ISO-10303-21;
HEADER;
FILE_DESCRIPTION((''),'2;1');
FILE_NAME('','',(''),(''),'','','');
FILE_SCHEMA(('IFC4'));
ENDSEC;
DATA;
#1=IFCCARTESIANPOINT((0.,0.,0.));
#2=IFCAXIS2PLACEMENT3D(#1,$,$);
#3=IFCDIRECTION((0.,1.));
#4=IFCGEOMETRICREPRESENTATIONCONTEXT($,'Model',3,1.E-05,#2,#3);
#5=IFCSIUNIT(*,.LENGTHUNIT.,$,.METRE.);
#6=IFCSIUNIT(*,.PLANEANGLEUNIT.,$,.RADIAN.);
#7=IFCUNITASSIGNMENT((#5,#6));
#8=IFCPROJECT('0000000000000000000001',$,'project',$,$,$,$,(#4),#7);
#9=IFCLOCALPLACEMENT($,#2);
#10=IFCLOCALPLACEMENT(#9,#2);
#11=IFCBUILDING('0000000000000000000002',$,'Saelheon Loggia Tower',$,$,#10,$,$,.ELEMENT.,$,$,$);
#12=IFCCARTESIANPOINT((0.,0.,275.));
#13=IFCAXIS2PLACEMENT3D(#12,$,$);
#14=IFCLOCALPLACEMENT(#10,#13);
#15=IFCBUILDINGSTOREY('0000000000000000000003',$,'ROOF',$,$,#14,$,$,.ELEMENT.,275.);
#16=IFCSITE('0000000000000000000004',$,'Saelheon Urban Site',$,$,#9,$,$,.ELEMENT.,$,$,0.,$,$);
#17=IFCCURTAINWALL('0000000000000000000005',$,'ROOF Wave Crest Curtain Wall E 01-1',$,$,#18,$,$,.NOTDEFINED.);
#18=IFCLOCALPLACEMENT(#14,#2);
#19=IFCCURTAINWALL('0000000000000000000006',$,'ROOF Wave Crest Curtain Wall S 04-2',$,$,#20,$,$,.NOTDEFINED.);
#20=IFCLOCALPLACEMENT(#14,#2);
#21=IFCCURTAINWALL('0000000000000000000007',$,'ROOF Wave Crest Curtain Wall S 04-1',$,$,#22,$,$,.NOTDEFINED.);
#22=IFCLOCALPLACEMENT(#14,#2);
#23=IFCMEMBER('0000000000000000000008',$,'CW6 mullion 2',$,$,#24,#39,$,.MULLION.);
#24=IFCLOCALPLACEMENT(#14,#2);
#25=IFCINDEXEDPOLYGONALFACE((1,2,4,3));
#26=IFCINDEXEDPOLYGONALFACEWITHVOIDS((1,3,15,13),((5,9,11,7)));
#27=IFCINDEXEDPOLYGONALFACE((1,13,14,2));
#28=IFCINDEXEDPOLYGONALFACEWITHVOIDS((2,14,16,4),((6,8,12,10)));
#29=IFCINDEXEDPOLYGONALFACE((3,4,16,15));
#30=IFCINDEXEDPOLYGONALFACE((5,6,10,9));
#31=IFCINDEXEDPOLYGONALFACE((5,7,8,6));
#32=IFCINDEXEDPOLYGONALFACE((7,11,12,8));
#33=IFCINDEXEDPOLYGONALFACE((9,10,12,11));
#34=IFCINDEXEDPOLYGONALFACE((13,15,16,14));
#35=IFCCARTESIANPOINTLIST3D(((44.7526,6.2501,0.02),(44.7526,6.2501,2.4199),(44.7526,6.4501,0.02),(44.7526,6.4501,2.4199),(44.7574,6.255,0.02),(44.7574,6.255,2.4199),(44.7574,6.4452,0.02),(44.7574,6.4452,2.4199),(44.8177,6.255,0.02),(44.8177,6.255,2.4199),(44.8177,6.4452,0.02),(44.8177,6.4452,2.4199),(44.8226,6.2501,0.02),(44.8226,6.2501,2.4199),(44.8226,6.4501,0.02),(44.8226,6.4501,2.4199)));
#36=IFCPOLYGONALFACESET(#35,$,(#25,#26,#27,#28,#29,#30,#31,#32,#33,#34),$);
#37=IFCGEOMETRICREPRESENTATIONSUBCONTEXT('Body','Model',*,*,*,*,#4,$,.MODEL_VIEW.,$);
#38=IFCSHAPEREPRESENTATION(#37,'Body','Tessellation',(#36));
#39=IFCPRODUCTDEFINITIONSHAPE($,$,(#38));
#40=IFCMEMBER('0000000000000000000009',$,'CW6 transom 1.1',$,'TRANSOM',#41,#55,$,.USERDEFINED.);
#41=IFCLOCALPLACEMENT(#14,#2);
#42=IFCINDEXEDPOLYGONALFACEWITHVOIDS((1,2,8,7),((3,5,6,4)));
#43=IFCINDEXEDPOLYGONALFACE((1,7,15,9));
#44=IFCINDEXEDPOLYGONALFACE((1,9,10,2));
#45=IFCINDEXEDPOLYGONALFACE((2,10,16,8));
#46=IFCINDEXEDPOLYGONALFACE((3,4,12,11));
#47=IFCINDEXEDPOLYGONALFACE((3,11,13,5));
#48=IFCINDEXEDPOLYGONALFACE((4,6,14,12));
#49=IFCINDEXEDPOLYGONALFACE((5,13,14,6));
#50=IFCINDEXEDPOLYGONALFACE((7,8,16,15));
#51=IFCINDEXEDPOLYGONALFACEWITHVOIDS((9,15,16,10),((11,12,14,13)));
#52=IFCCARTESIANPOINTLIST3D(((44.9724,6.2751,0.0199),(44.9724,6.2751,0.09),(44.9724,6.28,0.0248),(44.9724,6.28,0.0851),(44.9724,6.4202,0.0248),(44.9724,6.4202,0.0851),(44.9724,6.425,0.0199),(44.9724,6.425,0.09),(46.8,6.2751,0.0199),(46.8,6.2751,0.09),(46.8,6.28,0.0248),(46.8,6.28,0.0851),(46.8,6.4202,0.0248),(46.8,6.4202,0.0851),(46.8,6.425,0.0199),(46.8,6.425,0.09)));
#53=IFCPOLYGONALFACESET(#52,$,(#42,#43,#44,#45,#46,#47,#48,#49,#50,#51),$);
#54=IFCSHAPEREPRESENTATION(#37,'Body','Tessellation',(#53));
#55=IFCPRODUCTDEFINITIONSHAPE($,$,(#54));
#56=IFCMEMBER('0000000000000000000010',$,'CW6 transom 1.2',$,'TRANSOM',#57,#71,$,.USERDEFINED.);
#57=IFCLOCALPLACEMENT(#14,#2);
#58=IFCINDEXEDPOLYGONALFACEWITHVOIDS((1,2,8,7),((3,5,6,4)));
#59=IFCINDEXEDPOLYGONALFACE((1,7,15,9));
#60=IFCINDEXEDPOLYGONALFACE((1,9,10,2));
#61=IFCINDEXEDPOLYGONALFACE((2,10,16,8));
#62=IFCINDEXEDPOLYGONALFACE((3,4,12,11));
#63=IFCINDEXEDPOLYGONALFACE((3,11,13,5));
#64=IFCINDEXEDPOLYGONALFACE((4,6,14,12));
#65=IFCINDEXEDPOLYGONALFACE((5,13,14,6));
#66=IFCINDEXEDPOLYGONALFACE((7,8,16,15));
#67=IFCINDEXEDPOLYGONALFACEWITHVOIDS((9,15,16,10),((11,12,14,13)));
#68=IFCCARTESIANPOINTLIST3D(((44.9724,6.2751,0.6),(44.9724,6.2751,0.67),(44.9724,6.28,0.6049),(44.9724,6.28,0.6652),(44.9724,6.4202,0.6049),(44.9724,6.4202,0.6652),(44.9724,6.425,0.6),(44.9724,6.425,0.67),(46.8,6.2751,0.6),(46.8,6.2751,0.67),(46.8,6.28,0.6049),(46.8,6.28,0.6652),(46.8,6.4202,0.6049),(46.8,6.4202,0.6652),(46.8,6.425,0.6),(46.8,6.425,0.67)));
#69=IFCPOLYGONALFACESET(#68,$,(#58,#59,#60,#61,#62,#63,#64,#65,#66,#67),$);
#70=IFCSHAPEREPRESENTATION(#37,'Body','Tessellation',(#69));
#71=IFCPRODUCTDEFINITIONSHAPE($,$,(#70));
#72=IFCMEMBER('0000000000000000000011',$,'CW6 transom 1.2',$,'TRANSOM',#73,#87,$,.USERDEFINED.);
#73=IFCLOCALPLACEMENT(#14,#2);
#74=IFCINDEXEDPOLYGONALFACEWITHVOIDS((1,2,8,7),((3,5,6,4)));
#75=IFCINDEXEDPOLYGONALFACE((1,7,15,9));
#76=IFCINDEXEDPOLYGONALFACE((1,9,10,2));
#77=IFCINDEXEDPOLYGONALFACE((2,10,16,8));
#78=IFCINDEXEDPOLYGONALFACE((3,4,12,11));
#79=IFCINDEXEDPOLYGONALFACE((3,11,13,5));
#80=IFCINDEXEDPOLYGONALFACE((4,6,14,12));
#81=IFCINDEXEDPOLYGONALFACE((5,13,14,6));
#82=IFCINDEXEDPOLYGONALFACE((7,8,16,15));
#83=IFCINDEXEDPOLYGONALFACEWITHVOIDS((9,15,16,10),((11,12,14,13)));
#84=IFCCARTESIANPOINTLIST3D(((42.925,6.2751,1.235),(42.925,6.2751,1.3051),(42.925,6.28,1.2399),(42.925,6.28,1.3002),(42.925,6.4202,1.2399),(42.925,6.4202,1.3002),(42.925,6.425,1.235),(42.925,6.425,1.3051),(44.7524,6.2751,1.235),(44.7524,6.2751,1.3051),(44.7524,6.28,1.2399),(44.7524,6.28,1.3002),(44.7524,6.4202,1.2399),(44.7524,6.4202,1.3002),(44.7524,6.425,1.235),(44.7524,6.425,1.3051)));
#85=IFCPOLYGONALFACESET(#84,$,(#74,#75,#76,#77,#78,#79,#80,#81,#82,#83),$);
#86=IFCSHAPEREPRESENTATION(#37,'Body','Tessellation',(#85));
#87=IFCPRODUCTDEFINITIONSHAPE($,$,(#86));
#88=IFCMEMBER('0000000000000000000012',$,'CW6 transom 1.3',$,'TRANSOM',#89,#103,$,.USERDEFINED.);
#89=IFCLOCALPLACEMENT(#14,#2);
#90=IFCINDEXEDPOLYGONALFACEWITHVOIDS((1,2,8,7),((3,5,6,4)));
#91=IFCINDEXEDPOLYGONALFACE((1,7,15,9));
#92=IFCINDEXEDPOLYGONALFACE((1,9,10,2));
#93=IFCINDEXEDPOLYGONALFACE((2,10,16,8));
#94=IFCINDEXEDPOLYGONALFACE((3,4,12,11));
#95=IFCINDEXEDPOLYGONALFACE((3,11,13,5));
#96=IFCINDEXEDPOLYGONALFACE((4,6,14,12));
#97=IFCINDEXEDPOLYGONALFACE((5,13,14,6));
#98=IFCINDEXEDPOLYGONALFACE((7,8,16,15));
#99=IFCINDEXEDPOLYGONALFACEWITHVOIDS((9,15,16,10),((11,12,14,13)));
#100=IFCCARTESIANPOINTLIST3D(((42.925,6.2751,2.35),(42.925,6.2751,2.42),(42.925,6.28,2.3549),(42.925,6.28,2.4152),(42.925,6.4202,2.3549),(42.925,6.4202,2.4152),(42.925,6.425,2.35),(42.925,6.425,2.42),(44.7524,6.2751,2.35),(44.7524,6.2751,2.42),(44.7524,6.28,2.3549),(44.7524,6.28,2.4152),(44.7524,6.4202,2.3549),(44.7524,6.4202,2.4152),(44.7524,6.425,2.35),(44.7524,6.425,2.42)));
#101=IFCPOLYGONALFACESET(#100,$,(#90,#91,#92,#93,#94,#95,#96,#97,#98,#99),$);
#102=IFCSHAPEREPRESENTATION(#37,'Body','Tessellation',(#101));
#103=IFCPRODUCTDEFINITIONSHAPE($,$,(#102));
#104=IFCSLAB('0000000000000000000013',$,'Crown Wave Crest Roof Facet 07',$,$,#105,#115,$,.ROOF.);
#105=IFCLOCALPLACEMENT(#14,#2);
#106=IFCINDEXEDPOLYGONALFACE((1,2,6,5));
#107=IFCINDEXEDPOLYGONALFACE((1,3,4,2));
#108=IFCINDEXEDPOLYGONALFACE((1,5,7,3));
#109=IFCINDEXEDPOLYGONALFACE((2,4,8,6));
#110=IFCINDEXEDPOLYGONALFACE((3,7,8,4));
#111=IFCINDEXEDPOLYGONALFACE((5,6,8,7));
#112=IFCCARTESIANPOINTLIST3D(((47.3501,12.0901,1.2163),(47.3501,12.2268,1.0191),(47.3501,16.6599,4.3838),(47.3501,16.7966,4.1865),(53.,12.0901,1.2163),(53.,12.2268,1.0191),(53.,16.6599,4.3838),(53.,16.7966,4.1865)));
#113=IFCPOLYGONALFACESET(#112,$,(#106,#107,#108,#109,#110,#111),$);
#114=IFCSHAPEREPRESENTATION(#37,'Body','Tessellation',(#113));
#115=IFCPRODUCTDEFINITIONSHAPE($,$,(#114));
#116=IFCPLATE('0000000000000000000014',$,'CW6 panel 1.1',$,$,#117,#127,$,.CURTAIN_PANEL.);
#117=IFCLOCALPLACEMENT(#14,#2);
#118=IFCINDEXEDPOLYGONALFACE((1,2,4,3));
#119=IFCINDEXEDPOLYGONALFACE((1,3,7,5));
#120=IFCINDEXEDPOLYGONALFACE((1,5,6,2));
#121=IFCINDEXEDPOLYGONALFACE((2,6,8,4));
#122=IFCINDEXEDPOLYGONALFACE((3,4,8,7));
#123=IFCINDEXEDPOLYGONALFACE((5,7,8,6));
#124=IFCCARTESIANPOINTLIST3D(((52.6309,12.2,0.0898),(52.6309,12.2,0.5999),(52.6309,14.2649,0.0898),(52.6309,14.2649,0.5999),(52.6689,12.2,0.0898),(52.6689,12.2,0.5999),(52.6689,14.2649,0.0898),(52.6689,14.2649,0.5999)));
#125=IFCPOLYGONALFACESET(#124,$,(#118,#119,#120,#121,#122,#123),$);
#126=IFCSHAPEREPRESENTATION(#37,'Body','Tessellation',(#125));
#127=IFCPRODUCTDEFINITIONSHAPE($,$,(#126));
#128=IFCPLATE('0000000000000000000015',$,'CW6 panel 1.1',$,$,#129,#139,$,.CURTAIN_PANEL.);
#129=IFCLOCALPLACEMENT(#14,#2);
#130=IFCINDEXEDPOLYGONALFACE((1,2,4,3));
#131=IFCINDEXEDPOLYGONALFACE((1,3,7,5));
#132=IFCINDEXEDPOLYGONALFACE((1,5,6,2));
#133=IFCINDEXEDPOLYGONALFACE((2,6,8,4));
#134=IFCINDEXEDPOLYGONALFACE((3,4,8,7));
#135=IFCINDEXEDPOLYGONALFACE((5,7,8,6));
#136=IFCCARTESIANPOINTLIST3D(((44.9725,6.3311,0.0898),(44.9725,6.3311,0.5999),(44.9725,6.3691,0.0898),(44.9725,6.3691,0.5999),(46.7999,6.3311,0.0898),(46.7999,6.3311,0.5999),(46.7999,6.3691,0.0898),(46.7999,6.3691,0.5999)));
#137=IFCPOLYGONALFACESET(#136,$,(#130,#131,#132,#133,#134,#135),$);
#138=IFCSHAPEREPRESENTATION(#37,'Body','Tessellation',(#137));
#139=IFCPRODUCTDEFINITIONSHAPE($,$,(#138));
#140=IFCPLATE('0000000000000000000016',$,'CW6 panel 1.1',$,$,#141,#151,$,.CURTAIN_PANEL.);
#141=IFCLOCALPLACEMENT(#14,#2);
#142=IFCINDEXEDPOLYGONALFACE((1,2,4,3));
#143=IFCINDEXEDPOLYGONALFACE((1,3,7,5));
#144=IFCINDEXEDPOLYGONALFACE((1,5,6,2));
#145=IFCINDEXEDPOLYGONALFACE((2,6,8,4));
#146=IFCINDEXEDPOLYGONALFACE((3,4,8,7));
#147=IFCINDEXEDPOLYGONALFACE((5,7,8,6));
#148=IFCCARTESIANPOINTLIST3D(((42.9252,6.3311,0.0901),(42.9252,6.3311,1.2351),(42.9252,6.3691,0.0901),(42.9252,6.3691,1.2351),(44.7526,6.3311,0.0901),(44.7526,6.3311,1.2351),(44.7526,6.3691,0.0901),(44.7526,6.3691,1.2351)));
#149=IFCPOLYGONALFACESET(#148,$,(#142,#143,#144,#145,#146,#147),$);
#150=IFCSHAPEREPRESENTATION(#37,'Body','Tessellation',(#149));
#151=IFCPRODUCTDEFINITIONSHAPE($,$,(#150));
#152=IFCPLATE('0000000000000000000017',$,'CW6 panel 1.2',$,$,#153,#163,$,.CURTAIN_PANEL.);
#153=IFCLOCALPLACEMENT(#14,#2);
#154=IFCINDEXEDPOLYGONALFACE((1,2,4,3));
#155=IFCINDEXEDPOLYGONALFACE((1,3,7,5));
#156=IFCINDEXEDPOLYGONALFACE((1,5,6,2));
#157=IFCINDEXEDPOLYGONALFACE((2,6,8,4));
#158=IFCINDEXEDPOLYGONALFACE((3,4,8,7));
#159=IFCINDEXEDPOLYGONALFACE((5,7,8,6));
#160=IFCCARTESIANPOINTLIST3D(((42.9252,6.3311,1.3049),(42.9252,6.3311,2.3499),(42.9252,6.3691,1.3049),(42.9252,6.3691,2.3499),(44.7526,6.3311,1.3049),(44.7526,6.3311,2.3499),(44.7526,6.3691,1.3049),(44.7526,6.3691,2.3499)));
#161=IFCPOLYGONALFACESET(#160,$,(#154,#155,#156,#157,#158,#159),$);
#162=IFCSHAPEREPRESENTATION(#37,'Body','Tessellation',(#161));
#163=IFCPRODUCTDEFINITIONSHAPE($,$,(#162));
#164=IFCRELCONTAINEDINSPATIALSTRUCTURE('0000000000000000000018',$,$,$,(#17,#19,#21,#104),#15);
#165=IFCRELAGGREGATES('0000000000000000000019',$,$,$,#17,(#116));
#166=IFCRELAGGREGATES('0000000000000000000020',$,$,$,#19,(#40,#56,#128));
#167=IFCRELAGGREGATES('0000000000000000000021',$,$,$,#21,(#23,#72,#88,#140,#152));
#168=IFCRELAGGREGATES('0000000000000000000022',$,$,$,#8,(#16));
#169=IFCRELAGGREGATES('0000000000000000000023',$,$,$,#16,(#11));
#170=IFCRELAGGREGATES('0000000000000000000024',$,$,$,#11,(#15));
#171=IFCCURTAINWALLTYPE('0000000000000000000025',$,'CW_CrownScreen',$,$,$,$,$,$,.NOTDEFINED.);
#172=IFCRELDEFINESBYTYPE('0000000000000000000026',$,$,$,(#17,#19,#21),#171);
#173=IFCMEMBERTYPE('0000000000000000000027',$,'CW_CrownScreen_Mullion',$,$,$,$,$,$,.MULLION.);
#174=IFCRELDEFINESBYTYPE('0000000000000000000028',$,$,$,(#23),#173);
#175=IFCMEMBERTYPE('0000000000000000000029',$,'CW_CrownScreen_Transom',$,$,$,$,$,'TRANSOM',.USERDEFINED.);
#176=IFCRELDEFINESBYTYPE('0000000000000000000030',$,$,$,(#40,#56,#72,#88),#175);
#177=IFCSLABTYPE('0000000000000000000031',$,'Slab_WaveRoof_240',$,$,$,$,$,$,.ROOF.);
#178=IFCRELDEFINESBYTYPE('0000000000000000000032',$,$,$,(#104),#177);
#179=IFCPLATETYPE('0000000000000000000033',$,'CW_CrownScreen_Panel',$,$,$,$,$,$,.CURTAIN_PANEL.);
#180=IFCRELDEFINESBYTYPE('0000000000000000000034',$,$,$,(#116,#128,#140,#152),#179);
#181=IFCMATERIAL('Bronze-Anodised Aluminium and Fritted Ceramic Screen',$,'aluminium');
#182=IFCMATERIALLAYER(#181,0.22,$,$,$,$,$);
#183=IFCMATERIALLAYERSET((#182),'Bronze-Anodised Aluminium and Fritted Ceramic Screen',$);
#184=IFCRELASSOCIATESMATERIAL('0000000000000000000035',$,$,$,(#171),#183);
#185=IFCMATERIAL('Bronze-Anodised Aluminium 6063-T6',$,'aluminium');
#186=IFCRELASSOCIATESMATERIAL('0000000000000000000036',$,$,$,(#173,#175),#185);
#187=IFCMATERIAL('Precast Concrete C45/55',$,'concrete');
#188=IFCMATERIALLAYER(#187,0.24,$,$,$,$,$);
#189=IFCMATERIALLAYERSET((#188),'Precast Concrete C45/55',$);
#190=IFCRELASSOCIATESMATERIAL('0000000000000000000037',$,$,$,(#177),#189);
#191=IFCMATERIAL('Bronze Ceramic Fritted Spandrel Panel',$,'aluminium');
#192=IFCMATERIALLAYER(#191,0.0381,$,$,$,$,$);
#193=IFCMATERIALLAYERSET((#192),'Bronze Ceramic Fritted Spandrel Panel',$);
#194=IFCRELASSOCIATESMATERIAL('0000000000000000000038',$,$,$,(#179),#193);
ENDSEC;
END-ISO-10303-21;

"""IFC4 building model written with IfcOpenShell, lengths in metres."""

from ifc_helpers import new_model, si_unit, direction, frame, origin, origin_2d, place, context, subcontext, project, spatial, polyline, rectangle, hollow_rectangle, outline, extrude, source, transform, mapped, material, layer, layer_set, material_profile, profile_set, type_object, element, aggregate, save


model = new_model("IFC4")

# Units and contexts
model_context = context("Model", 3, precision=1e-05, world=origin(), true_north=direction((0.0, 1.0)))
body_context = subcontext(model_context, "Body", "Model", "MODEL_VIEW")
ifc_project = project(units=[si_unit("LENGTHUNIT", "METRE"), si_unit("PLANEANGLEUNIT", "RADIAN")], contexts=[model_context])

# Site, building, storey
site_placement = place(None, origin())
site = spatial("IfcSite", under=ifc_project, at=site_placement, Name="Saelheon Urban Site", CompositionType="ELEMENT", RefElevation=0.0)
building_placement = place(site_placement, origin())
building = spatial("IfcBuilding", under=site, at=building_placement, Name="Saelheon Loggia Tower", CompositionType="ELEMENT")
storey_placement = place(building_placement, frame((0.0, 0.0, 275.0)))
storey = spatial("IfcBuildingStorey", under=building, at=storey_placement, Name="ROOF", CompositionType="ELEMENT", Elevation=275.0)

# Curtain wall
ifc_material_1 = material(Name="Bronze-Anodised Aluminium and Fritted Ceramic Screen", Category="aluminium")
ifc_layer_1 = layer(ifc_material_1, 0.22)
ifc_layer_set_1 = layer_set([ifc_layer_1], Name="Bronze-Anodised Aluminium and Fritted Ceramic Screen")
curtain_wall_type = type_object("IfcCurtainWallType", Name="CW_CrownScreen", PredefinedType="NOTDEFINED", material=ifc_layer_set_1)
curtain_wall_1_placement = place(storey_placement, origin())
curtain_wall_1 = element("IfcCurtainWall", 1, at=curtain_wall_1_placement, inside=storey, type_object=curtain_wall_type, Name="ROOF Wave Crest Curtain Wall E 01-1", PredefinedType="NOTDEFINED")
ifc_material_2 = material(Name="Bronze-Anodised Aluminium 6063-T6", Category="aluminium")
ifc_material_profile_1 = material_profile(ifc_material_2, hollow_rectangle(XDim=0.0701, YDim=0.2, WallThickness=0.0049, at=origin_2d()), Name="RHS-200x70x5")
ifc_profile_set_1 = profile_set([ifc_material_profile_1], Name="Bronze-Anodised Aluminium 6063-T6")
member_type_1 = type_object("IfcMemberType", Name="CW_CrownScreen_Mullion", PredefinedType="MULLION", material=ifc_profile_set_1)

# Curtain wall
curtain_wall_2_placement = place(storey_placement, origin())
curtain_wall_2 = element("IfcCurtainWall", 2, at=curtain_wall_2_placement, inside=storey, type_object=curtain_wall_type, Name="ROOF Wave Crest Curtain Wall S 04-2", PredefinedType="NOTDEFINED")

# Shared definitions
ifc_material_profile_2 = material_profile(ifc_material_2, hollow_rectangle(XDim=0.0701, YDim=0.1499, WallThickness=0.0049, at=origin_2d()), Name="RHS-150x70x5")
ifc_profile_set_2 = profile_set([ifc_material_profile_2], Name="Bronze-Anodised Aluminium 6063-T6")
member_type_2 = type_object("IfcMemberType", Name="CW_CrownScreen_Transom", ElementType="TRANSOM", PredefinedType="USERDEFINED", material=ifc_profile_set_2)

# Curtain wall, member
curtain_wall_3_placement = place(storey_placement, origin())
curtain_wall_3 = element("IfcCurtainWall", 3, at=curtain_wall_3_placement, inside=storey, type_object=curtain_wall_type, Name="ROOF Wave Crest Curtain Wall S 04-1", PredefinedType="NOTDEFINED")
shared_shape_1 = source(origin(), body_context, "Body", "SweptSolid", [
    extrude(hollow_rectangle(XDim=0.0701, YDim=0.2, WallThickness=0.0049, at=origin_2d()), origin(), (0.0, 0.0, 1.0), 2.3999),
])
member_1_placement = place(storey_placement, frame((44.7876, 6.3501, 0.02), z_axis=(0.0, 0.0, 1.0), x_axis=(1.0, 0.0, 0.0)))
member_1 = element("IfcMember", 4, at=member_1_placement, type_object=member_type_1, Name="CW6 mullion 2", PredefinedType="MULLION", context=body_context, shape_type="MappedRepresentation", body=[
    mapped(shared_shape_1, transform((0.0, 0.0, 0.0), scale=1.0)),
])

# Members
shared_shape_2 = source(origin(), body_context, "Body", "SweptSolid", [
    extrude(hollow_rectangle(XDim=0.0701, YDim=0.1499, WallThickness=0.0049, at=origin_2d()), origin(), (0.0, 0.0, 1.0), 1.8276),
])
member_2_placement = place(storey_placement, frame((44.9724, 6.3501, 0.0549), z_axis=(1.0, 0.0, 0.0), x_axis=(0.0, 0.0, 1.0)))
member_2 = element("IfcMember", 5, at=member_2_placement, type_object=member_type_2, Name="CW6 transom 1.1", ObjectType="TRANSOM", PredefinedType="USERDEFINED", context=body_context, shape_type="MappedRepresentation", body=[
    mapped(shared_shape_2, transform((0.0, 0.0, 0.0), scale=1.0)),
])
member_3_placement = place(storey_placement, frame((44.9724, 6.3501, 0.635), z_axis=(1.0, 0.0, 0.0), x_axis=(0.0, 0.0, 1.0)))
member_3 = element("IfcMember", 6, at=member_3_placement, type_object=member_type_2, Name="CW6 transom 1.2", ObjectType="TRANSOM", PredefinedType="USERDEFINED", context=body_context, shape_type="MappedRepresentation", body=[
    mapped(shared_shape_2, transform((0.0, 0.0, 0.0), scale=1.0)),
])
shared_shape_3 = source(origin(), body_context, "Body", "SweptSolid", [
    extrude(hollow_rectangle(XDim=0.0701, YDim=0.1499, WallThickness=0.0049, at=origin_2d()), origin(), (0.0, 0.0, 1.0), 1.8274),
])
member_4_placement = place(storey_placement, frame((42.925, 6.3501, 1.27), z_axis=(1.0, 0.0, 0.0), x_axis=(0.0, 0.0, 1.0)))
member_4 = element("IfcMember", 7, at=member_4_placement, type_object=member_type_2, Name="CW6 transom 1.2", ObjectType="TRANSOM", PredefinedType="USERDEFINED", context=body_context, shape_type="MappedRepresentation", body=[
    mapped(shared_shape_3, transform((0.0, 0.0, 0.0), scale=1.0)),
])
member_5_placement = place(storey_placement, frame((42.925, 6.3501, 2.385), z_axis=(1.0, 0.0, 0.0), x_axis=(0.0, 0.0, 1.0)))
member_5 = element("IfcMember", 8, at=member_5_placement, type_object=member_type_2, Name="CW6 transom 1.3", ObjectType="TRANSOM", PredefinedType="USERDEFINED", context=body_context, shape_type="MappedRepresentation", body=[
    mapped(shared_shape_3, transform((0.0, 0.0, 0.0), scale=1.0)),
])

# Slab
ifc_material_3 = material(Name="Precast Concrete C45/55", Category="concrete")
ifc_layer_2 = layer(ifc_material_3, 0.24)
ifc_layer_set_2 = layer_set([ifc_layer_2], Name="Precast Concrete C45/55")
slab_type = type_object("IfcSlabType", Name="Slab_WaveRoof_240", PredefinedType="ROOF", material=ifc_layer_set_2)
slab_placement = place(storey_placement, frame((47.3501, 12.0901, 1.2163), z_axis=(0.0, -0.569667, 0.821876), x_axis=(1.0, 0.0, 0.0)))
element("IfcSlab", 9, at=slab_placement, inside=storey, type_object=slab_type, Name="Crown Wave Crest Roof Facet 07", PredefinedType="ROOF", context=body_context, shape_type="SweptSolid", body=[
    extrude(outline(polyline([(0.0, 0.0), (5.6499, 0.0), (5.6499, 5.5602), (0.0, 5.5602), (0.0, 0.0)])), origin(), (0.0, 0.0, -1.0), 0.24),
])

# Plates
ifc_material_4 = material(Name="Bronze Ceramic Fritted Spandrel Panel", Category="aluminium")
ifc_layer_3 = layer(ifc_material_4, 0.0381)
ifc_layer_set_3 = layer_set([ifc_layer_3], Name="Bronze Ceramic Fritted Spandrel Panel")
plate_type = type_object("IfcPlateType", Name="CW_CrownScreen_Panel", PredefinedType="CURTAIN_PANEL", material=ifc_layer_set_3)
shared_shape_4 = source(origin(), body_context, "Body", "SweptSolid", [
    extrude(rectangle(XDim=2.0649, YDim=0.0381, at=origin_2d()), origin(), (0.0, 0.0, 1.0), 0.51),
])
plate_1_placement = place(storey_placement, frame((52.6499, 13.2324, 0.0898), z_axis=(0.0, 0.0, 1.0), x_axis=(0.0, 1.0, 0.0)))
plate_1 = element("IfcPlate", 10, at=plate_1_placement, type_object=plate_type, Name="CW6 panel 1.1", PredefinedType="CURTAIN_PANEL", context=body_context, shape_type="MappedRepresentation", body=[
    mapped(shared_shape_4, transform((0.0, 0.0, 0.0), scale=1.0)),
])
aggregate(curtain_wall_1, [plate_1])
shared_shape_5 = source(origin(), body_context, "Body", "SweptSolid", [
    extrude(rectangle(XDim=1.8274, YDim=0.0381, at=origin_2d()), origin(), (0.0, 0.0, 1.0), 0.51),
])
plate_2_placement = place(storey_placement, frame((45.8862, 6.3501, 0.0898), z_axis=(0.0, 0.0, 1.0), x_axis=(1.0, 0.0, 0.0)))
plate_2 = element("IfcPlate", 11, at=plate_2_placement, type_object=plate_type, Name="CW6 panel 1.1", PredefinedType="CURTAIN_PANEL", context=body_context, shape_type="MappedRepresentation", body=[
    mapped(shared_shape_5, transform((0.0, 0.0, 0.0), scale=1.0)),
])
aggregate(curtain_wall_2, [member_2, member_3, plate_2])
shared_shape_6 = source(origin(), body_context, "Body", "SweptSolid", [
    extrude(rectangle(XDim=1.8274, YDim=0.0381, at=origin_2d()), origin(), (0.0, 0.0, 1.0), 1.145),
])
plate_3_placement = place(storey_placement, frame((43.8389, 6.3501, 0.0901), z_axis=(0.0, 0.0, 1.0), x_axis=(1.0, 0.0, 0.0)))
plate_3 = element("IfcPlate", 12, at=plate_3_placement, type_object=plate_type, Name="CW6 panel 1.1", PredefinedType="CURTAIN_PANEL", context=body_context, shape_type="MappedRepresentation", body=[
    mapped(shared_shape_6, transform((0.0, 0.0, 0.0), scale=1.0)),
])
shared_shape_7 = source(origin(), body_context, "Body", "SweptSolid", [
    extrude(rectangle(XDim=1.8274, YDim=0.0381, at=origin_2d()), origin(), (0.0, 0.0, 1.0), 1.0449),
])
plate_4_placement = place(storey_placement, frame((43.8389, 6.3501, 1.3049), z_axis=(0.0, 0.0, 1.0), x_axis=(1.0, 0.0, 0.0)))
plate_4 = element("IfcPlate", 13, at=plate_4_placement, type_object=plate_type, Name="CW6 panel 1.2", PredefinedType="CURTAIN_PANEL", context=body_context, shape_type="MappedRepresentation", body=[
    mapped(shared_shape_7, transform((0.0, 0.0, 0.0), scale=1.0)),
])
aggregate(curtain_wall_3, [member_1, member_4, member_5, plate_3, plate_4])

save(model, "model.ifc")
